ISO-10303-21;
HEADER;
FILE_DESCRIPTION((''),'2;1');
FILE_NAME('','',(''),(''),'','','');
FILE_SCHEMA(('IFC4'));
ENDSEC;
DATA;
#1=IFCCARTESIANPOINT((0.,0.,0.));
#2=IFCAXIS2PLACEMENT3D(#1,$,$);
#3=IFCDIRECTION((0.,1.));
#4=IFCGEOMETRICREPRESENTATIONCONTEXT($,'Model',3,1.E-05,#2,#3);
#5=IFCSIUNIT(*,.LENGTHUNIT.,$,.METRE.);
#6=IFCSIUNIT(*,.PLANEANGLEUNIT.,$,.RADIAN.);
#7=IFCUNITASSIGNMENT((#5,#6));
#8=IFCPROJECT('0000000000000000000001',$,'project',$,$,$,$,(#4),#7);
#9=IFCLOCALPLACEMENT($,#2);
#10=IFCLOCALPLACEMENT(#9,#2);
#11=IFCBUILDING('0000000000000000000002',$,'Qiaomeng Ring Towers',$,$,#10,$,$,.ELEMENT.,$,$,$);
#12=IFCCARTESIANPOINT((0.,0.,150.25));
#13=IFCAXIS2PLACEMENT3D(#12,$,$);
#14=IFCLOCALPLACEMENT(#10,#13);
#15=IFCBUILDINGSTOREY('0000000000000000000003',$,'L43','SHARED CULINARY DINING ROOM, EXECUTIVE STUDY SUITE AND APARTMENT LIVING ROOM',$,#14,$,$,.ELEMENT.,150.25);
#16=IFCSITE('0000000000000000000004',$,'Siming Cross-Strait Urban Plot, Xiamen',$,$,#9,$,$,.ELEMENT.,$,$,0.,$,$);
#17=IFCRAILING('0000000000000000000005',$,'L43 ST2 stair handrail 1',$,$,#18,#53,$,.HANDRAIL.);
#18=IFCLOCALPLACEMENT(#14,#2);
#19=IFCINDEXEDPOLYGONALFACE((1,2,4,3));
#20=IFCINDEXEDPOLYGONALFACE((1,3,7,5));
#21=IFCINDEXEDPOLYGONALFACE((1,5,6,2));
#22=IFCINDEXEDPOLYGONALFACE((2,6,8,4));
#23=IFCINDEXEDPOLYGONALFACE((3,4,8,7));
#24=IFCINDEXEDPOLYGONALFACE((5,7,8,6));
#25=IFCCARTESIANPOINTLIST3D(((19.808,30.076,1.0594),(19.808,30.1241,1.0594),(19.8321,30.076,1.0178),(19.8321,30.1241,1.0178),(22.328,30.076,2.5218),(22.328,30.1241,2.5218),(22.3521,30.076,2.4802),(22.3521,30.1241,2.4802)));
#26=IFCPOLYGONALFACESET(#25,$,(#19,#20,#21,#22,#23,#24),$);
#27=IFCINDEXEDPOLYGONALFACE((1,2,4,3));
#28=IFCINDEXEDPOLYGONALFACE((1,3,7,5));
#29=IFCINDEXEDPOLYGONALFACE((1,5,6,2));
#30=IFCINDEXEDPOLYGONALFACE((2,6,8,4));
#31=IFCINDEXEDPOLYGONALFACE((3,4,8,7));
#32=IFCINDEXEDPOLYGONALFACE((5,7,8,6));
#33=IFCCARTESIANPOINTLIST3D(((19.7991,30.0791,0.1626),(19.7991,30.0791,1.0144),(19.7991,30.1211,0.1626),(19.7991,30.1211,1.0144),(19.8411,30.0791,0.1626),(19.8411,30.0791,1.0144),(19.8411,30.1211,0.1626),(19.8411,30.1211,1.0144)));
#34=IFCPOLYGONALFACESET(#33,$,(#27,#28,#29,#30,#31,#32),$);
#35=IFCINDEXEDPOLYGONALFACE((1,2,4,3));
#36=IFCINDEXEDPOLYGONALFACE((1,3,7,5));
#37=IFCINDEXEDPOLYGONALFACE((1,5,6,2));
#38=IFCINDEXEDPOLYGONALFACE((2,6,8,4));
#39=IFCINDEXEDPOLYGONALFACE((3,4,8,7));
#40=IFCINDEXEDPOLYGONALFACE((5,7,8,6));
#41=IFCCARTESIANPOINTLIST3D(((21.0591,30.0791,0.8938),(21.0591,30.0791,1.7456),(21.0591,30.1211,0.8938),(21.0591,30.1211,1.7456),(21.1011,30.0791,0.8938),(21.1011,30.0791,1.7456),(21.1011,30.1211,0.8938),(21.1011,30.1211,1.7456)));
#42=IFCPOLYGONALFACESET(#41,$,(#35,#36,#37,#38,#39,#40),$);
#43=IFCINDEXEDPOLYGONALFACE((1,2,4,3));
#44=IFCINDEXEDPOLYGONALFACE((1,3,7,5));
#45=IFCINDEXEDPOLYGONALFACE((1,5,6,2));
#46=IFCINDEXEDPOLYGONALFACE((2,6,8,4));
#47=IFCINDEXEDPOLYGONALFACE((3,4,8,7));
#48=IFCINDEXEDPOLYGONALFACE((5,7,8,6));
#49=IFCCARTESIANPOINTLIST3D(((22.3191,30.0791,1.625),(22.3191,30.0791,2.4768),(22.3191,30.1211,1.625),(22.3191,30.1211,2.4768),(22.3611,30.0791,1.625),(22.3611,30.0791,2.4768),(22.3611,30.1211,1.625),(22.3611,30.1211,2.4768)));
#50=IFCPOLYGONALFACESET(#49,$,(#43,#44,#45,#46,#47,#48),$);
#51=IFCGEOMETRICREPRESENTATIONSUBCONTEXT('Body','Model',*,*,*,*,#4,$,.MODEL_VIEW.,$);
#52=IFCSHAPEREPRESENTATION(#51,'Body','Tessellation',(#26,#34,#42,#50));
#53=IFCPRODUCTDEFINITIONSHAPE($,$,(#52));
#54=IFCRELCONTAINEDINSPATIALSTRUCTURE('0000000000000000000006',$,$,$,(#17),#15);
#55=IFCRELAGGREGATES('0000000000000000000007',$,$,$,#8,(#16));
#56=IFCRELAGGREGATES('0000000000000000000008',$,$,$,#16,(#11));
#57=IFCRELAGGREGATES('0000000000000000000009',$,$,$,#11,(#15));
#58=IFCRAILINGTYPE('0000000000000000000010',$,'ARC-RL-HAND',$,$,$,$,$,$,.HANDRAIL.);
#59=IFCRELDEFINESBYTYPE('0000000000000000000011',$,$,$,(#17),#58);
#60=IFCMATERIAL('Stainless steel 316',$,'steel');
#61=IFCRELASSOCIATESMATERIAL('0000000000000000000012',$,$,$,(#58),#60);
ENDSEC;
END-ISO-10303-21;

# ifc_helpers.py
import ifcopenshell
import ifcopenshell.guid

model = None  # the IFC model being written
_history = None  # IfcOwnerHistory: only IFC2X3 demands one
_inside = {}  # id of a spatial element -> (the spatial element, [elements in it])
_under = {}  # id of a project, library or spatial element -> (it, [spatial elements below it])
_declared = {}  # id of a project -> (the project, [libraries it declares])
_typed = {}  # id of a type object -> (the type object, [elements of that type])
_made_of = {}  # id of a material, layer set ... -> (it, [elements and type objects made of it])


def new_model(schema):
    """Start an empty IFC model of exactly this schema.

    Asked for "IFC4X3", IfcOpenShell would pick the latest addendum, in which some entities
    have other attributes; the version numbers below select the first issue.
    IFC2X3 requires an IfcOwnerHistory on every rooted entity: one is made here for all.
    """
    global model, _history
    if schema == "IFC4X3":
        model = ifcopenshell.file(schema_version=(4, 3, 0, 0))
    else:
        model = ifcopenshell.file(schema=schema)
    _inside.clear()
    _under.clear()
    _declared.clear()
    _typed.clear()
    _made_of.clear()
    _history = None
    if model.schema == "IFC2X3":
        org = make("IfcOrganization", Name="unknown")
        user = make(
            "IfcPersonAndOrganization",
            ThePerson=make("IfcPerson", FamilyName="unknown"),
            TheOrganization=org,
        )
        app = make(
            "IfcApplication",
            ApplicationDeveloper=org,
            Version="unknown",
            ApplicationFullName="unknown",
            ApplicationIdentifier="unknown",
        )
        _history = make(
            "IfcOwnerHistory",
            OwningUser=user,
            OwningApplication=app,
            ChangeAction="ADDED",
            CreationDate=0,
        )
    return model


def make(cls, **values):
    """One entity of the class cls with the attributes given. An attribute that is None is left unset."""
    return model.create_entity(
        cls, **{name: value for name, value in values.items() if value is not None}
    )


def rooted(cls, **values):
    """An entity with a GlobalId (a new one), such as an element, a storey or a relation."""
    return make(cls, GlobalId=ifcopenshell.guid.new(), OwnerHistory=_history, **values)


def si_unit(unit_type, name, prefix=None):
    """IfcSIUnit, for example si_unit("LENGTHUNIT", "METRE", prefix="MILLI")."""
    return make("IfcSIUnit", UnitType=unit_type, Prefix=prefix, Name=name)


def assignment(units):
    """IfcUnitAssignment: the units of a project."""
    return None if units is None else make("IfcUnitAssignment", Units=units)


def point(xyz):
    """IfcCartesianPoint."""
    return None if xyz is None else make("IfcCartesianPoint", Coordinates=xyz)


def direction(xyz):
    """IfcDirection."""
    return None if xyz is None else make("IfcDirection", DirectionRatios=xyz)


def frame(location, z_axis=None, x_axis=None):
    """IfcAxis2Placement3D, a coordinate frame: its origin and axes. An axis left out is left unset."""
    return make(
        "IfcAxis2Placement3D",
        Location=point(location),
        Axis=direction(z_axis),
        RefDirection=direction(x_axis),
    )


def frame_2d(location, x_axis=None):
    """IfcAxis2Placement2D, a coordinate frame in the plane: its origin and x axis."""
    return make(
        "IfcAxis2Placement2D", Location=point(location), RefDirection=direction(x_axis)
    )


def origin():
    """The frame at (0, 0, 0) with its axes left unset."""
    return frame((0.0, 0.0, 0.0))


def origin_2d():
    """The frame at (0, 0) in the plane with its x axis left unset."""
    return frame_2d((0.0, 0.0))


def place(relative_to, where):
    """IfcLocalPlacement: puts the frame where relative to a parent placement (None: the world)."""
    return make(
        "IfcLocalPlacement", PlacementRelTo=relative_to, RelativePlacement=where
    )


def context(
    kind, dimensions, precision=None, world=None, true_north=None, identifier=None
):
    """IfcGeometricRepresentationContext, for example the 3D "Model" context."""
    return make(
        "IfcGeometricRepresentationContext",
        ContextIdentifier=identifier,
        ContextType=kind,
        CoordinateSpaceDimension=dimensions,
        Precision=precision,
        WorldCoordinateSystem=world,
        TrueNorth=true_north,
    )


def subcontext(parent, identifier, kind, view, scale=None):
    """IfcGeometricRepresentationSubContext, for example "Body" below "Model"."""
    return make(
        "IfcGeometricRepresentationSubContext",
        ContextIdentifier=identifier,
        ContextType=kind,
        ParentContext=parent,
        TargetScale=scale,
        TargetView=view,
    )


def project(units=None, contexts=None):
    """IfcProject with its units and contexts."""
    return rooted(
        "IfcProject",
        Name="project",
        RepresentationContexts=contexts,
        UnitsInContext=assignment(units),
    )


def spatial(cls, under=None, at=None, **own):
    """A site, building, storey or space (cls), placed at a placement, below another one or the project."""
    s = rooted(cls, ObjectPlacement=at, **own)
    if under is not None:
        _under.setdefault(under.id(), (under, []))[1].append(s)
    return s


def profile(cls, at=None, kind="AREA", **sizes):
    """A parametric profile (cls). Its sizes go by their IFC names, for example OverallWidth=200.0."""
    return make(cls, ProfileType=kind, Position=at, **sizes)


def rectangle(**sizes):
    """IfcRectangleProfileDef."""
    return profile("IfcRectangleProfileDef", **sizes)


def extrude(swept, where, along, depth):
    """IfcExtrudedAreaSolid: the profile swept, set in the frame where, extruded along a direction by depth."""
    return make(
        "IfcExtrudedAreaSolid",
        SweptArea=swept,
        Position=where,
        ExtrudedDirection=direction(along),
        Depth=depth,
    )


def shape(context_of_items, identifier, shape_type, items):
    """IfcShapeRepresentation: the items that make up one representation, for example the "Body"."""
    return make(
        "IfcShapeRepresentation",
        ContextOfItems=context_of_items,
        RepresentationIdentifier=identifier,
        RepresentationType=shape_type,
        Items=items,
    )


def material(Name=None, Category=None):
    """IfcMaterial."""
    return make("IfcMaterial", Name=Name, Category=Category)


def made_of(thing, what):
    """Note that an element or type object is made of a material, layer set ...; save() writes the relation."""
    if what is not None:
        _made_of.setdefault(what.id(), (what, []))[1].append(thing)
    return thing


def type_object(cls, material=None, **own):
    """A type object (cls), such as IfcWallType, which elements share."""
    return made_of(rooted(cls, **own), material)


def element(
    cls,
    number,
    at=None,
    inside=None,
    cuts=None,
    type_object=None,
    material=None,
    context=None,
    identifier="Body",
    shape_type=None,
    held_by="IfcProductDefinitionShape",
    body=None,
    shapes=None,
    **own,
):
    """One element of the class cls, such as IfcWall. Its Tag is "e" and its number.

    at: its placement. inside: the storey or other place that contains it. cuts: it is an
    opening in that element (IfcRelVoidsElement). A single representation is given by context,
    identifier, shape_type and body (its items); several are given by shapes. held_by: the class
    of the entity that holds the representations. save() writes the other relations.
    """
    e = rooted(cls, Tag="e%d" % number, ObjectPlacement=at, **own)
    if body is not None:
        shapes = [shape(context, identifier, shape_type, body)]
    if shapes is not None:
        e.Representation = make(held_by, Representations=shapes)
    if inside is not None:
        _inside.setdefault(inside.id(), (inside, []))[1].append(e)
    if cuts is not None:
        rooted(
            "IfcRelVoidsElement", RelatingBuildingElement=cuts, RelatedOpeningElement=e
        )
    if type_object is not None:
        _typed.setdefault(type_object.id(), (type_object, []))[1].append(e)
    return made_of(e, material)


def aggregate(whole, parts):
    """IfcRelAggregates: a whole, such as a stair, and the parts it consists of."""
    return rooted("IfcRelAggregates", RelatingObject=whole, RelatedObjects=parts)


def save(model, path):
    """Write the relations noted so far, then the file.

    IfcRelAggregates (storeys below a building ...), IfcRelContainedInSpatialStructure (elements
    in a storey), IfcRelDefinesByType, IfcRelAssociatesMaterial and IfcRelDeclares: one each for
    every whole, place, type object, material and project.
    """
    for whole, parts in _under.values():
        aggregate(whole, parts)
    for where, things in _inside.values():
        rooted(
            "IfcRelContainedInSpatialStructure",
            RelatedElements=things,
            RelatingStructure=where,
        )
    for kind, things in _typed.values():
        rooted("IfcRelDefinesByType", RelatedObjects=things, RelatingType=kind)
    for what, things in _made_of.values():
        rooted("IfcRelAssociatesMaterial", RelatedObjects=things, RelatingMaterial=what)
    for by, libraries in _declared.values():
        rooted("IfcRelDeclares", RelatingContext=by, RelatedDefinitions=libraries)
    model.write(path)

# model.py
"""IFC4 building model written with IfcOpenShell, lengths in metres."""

from ifc_helpers import new_model, si_unit, direction, frame, origin, origin_2d, place, context, subcontext, project, spatial, rectangle, extrude, material, type_object, element, save


model = new_model("IFC4")

# Units and contexts
model_context = context("Model", 3, precision=1e-05, world=origin(), true_north=direction((0.0, 1.0)))
body_context = subcontext(model_context, "Body", "Model", "MODEL_VIEW")
ifc_project = project(units=[si_unit("LENGTHUNIT", "METRE"), si_unit("PLANEANGLEUNIT", "RADIAN")], contexts=[model_context])

# Site, building, storey
site_placement = place(None, origin())
site = spatial("IfcSite", under=ifc_project, at=site_placement, Name="Siming Cross-Strait Urban Plot, Xiamen", CompositionType="ELEMENT", RefElevation=0.0)
building_placement = place(site_placement, origin())
building = spatial("IfcBuilding", under=site, at=building_placement, Name="Qiaomeng Ring Towers", CompositionType="ELEMENT")
storey_placement = place(building_placement, frame((0.0, 0.0, 150.25)))
storey = spatial("IfcBuildingStorey", under=building, at=storey_placement, Name="L43", Description="SHARED CULINARY DINING ROOM, EXECUTIVE STUDY SUITE AND APARTMENT LIVING ROOM", CompositionType="ELEMENT", Elevation=150.25)

# Railing
ifc_material_1 = material(Name="Stainless steel 316", Category="steel")
railing_type_1 = type_object("IfcRailingType", Name="ARC-RL-HAND", PredefinedType="HANDRAIL", material=ifc_material_1)
railing_1_placement = place(storey_placement, frame((19.8201, 30.1001, 0.1626)))
element("IfcRailing", 1, at=railing_1_placement, inside=storey, type_object=railing_type_1, Name="L43 ST2 stair handrail 1", PredefinedType="HANDRAIL", context=body_context, shape_type="SweptSolid", body=[
    extrude(rectangle(XDim=0.0481, YDim=0.0481, at=origin_2d()), frame((0.0, 0.0, 0.876), z_axis=(0.864913, 0.0, 0.501921), x_axis=(0.0, 1.0, 0.0)), (0.0, 0.0, 1.0), 2.9136),
    extrude(rectangle(XDim=0.042, YDim=0.042, at=origin_2d()), origin(), (0.0, 0.0, 1.0), 0.8518),
    extrude(rectangle(XDim=0.042, YDim=0.042, at=origin_2d()), frame((1.26, 0.0, 0.7312)), (0.0, 0.0, 1.0), 0.8518),
    extrude(rectangle(XDim=0.042, YDim=0.042, at=origin_2d()), frame((2.52, 0.0, 1.4624)), (0.0, 0.0, 1.0), 0.8518),
])

save(model, "model.ifc")
